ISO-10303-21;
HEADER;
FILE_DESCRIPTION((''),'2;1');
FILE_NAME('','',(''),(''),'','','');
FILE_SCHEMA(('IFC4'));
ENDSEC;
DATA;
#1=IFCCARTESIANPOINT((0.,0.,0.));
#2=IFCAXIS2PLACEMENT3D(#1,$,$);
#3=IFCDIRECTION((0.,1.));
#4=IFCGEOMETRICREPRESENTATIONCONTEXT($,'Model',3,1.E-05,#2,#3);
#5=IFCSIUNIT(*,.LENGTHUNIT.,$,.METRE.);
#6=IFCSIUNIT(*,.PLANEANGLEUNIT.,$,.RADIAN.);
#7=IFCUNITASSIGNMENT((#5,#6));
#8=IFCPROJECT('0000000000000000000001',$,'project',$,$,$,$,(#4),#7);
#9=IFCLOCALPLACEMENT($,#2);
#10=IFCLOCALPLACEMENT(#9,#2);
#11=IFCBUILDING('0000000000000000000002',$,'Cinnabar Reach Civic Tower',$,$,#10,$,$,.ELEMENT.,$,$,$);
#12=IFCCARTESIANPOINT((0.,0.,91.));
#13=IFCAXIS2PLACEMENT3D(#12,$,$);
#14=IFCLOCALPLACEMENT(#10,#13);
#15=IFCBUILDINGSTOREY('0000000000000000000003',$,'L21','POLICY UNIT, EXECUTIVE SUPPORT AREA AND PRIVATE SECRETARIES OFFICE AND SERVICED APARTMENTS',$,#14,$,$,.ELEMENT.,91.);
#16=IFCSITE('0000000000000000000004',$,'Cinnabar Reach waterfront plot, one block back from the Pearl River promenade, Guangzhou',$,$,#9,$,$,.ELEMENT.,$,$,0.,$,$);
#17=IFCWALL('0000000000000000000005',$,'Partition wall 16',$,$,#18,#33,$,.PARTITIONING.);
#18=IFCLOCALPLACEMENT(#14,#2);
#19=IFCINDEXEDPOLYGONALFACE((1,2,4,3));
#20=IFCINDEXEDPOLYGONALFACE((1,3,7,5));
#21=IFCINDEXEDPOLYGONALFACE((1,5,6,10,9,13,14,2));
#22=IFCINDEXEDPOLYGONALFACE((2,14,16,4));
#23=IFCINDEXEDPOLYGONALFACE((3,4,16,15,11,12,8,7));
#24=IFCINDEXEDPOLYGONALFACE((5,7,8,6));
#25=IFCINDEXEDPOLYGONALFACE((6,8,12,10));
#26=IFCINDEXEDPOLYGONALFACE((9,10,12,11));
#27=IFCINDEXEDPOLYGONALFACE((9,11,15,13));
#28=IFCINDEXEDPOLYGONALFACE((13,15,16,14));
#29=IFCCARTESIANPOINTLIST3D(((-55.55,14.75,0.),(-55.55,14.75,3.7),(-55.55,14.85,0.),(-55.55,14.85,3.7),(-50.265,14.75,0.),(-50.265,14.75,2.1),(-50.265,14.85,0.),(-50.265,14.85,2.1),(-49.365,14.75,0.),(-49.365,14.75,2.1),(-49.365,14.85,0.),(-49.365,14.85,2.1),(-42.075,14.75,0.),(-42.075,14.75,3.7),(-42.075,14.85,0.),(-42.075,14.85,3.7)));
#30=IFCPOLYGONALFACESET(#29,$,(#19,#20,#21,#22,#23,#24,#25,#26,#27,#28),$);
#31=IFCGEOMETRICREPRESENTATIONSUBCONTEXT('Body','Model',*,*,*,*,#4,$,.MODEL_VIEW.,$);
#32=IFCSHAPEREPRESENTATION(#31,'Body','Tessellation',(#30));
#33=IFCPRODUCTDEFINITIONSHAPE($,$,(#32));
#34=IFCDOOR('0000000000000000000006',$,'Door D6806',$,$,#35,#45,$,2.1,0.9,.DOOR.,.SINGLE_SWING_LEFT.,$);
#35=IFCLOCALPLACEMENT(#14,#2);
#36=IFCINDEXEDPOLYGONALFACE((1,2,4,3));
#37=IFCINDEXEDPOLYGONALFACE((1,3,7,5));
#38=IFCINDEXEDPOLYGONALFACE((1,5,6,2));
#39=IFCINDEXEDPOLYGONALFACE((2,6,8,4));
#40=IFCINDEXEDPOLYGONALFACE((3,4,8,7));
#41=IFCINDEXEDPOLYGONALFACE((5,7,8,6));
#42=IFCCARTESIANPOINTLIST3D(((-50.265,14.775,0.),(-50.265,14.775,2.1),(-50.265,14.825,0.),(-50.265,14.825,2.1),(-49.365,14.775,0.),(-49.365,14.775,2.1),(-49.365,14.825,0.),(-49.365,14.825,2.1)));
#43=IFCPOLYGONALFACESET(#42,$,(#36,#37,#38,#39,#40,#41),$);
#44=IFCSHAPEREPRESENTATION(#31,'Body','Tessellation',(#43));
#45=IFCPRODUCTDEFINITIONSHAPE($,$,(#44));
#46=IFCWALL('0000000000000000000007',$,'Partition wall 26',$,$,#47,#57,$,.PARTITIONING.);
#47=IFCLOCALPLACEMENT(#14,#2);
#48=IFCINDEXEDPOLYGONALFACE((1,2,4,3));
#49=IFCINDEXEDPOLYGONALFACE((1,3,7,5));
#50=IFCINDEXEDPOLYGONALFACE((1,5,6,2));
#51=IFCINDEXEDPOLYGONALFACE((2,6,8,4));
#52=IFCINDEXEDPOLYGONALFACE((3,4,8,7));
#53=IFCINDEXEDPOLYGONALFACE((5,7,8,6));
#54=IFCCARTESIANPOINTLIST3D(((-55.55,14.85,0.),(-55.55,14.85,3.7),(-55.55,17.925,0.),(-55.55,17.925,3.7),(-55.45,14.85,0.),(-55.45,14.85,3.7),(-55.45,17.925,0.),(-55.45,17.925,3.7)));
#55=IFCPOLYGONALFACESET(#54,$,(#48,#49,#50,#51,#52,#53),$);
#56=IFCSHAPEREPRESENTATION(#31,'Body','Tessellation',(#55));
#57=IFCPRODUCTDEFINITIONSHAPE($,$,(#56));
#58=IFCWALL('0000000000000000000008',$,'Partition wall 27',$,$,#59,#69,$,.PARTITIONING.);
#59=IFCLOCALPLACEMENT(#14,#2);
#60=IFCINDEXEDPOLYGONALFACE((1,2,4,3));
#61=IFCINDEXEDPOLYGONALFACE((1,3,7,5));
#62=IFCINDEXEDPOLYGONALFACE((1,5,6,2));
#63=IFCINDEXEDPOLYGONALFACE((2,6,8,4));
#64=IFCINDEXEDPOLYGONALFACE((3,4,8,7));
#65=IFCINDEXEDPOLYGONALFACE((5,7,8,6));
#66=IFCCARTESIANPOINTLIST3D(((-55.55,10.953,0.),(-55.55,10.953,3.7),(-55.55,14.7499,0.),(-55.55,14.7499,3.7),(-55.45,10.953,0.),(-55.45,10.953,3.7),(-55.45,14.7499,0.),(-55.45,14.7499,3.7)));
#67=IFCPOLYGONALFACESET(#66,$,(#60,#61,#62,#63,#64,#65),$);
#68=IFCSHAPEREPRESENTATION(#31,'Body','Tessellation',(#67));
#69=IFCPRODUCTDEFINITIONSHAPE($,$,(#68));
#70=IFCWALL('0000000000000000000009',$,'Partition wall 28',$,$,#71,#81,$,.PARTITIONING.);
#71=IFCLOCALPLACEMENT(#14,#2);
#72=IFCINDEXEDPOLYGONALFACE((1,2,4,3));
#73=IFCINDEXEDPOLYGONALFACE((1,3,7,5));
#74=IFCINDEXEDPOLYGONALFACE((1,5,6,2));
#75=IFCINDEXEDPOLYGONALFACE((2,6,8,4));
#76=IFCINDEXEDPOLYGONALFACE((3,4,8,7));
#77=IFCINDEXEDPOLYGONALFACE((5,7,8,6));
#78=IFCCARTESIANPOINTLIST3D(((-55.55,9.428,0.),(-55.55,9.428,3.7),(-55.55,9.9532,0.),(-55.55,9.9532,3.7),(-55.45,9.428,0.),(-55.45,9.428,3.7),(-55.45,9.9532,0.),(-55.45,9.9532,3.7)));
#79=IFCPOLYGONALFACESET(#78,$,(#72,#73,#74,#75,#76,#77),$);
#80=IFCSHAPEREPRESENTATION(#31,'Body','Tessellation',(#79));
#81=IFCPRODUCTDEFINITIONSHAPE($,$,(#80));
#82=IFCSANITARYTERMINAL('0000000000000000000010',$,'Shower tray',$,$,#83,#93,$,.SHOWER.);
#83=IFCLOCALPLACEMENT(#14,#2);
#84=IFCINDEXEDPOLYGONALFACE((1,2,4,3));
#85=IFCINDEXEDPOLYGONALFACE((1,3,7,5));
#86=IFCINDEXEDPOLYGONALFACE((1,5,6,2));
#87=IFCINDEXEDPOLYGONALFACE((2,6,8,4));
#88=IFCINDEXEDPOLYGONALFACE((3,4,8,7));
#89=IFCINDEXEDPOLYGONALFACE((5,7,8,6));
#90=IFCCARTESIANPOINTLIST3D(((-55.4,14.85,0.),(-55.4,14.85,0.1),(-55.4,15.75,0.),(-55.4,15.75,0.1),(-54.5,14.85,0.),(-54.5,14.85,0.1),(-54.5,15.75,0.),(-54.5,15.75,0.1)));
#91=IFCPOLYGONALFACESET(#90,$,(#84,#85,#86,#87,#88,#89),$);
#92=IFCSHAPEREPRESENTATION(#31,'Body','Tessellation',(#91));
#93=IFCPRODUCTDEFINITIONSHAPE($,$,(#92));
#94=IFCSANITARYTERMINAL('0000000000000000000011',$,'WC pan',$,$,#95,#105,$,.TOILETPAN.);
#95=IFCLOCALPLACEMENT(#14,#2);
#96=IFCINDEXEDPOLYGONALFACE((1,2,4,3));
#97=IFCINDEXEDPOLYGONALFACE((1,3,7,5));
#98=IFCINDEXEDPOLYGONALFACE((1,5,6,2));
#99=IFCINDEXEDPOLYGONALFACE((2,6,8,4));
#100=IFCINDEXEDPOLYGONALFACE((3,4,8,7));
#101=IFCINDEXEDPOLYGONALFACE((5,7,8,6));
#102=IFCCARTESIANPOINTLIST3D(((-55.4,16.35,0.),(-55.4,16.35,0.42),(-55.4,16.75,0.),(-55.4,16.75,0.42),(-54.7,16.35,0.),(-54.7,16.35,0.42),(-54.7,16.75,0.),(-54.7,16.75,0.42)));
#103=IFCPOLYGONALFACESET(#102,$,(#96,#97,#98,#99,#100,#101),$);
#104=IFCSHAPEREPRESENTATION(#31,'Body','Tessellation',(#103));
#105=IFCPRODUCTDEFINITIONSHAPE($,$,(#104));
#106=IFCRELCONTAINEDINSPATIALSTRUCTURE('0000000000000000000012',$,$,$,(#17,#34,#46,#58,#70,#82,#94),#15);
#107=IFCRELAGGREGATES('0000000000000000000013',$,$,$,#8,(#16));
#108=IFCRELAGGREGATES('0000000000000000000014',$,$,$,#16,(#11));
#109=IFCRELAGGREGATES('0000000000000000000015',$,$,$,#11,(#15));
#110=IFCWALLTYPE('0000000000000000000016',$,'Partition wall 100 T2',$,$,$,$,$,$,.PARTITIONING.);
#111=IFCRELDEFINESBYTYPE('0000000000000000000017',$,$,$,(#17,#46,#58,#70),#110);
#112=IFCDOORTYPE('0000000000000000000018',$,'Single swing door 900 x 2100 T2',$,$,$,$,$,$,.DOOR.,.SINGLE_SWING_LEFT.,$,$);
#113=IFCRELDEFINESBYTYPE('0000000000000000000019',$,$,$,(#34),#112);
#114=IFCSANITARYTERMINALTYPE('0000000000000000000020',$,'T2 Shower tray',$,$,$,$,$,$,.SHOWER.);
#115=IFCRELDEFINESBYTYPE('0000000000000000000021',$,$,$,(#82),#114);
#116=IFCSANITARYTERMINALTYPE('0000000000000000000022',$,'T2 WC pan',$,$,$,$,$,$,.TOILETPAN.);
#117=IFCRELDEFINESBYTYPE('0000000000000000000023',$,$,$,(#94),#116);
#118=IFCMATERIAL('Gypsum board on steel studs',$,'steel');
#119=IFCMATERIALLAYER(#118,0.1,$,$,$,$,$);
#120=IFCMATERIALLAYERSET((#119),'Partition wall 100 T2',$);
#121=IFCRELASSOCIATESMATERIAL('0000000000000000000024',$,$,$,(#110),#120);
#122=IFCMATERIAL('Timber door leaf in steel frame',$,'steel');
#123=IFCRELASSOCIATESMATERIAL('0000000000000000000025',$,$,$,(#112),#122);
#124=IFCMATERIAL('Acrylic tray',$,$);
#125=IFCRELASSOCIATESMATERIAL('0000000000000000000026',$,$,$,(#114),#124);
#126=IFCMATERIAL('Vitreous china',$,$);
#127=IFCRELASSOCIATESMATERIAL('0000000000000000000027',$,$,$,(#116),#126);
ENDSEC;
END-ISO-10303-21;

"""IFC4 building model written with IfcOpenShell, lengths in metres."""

from ifc_helpers import new_model, si_unit, direction, frame, frame_2d, origin, origin_2d, place, context, subcontext, project, spatial, rectangle, extrude, material, layer, layer_set, type_object, element, fill, save


model = new_model("IFC4")

# Units and contexts
model_context = context("Model", 3, precision=1e-05, world=origin(), true_north=direction((0.0, 1.0)))
body_context = subcontext(model_context, "Body", "Model", "MODEL_VIEW")
ifc_project = project(units=[si_unit("LENGTHUNIT", "METRE"), si_unit("PLANEANGLEUNIT", "RADIAN")], contexts=[model_context])

# Site, building, storey
site_placement = place(None, origin())
site = spatial("IfcSite", under=ifc_project, at=site_placement, Name="Cinnabar Reach waterfront plot, one block back from the Pearl River promenade, Guangzhou", CompositionType="ELEMENT", RefElevation=0.0)
building_placement = place(site_placement, origin())
building = spatial("IfcBuilding", under=site, at=building_placement, Name="Cinnabar Reach Civic Tower", CompositionType="ELEMENT")
storey_placement = place(building_placement, frame((0.0, 0.0, 91.0)))
storey = spatial("IfcBuildingStorey", under=building, at=storey_placement, Name="L21", Description="POLICY UNIT, EXECUTIVE SUPPORT AREA AND PRIVATE SECRETARIES OFFICE AND SERVICED APARTMENTS", CompositionType="ELEMENT", Elevation=91.0)

# Wall, opening, door
ifc_material_1 = material(Name="Gypsum board on steel studs", Category="steel")
ifc_layer_1 = layer(ifc_material_1, 0.1)
ifc_layer_set_1 = layer_set([ifc_layer_1], Name="Partition wall 100 T2")
wall_type_1 = type_object("IfcWallType", Name="Partition wall 100 T2", PredefinedType="PARTITIONING", material=ifc_layer_set_1)
wall_1_placement = place(storey_placement, frame((-55.55, 14.8, 0.0), z_axis=(0.0, 0.0, 1.0), x_axis=(1.0, 0.0, 0.0)))
wall_1 = element("IfcWall", 1, at=wall_1_placement, inside=storey, type_object=wall_type_1, Name="Partition wall 16", PredefinedType="PARTITIONING", context=body_context, shape_type="SweptSolid", body=[
    extrude(rectangle(XDim=13.475, YDim=0.1, at=frame_2d((6.7375, 0.0))), origin(), (0.0, 0.0, 1.0), 3.7),
])
opening_1_placement = place(wall_1_placement, frame((5.285, 0.0, 0.0)))
opening_1 = element("IfcOpeningElement", 2, at=opening_1_placement, cuts=wall_1, PredefinedType="OPENING", context=body_context, shape_type="SweptSolid", body=[
    extrude(rectangle(XDim=0.9, YDim=2.1, at=frame_2d((0.45, 1.05))), frame((0.0, 0.06, 0.0), z_axis=(0.0, -1.0, 0.0), x_axis=(1.0, 0.0, 0.0)), (0.0, 0.0, 1.0), 0.12),
])
ifc_material_2 = material(Name="Timber door leaf in steel frame", Category="steel")
door_type = type_object("IfcDoorType", Name="Single swing door 900 x 2100 T2", OperationType="SINGLE_SWING_LEFT", PredefinedType="DOOR", material=ifc_material_2)
door_placement = place(opening_1_placement, origin())
door = element("IfcDoor", 3, at=door_placement, inside=storey, type_object=door_type, Name="Door D6806", OperationType="SINGLE_SWING_LEFT", OverallHeight=2.1, OverallWidth=0.9, PredefinedType="DOOR", context=body_context, shape_type="SweptSolid", body=[
    extrude(rectangle(XDim=0.9, YDim=2.1, at=frame_2d((0.45, 1.05))), frame((0.0, 0.025, 0.0), z_axis=(0.0, -1.0, 0.0), x_axis=(1.0, 0.0, 0.0)), (0.0, 0.0, 1.0), 0.05),
])
fill(opening_1, door)

# Walls
wall_2_placement = place(storey_placement, frame((-55.5, 14.85, 0.0), z_axis=(0.0, 0.0, 1.0), x_axis=(0.0, 1.0, 0.0)))
element("IfcWall", 4, at=wall_2_placement, inside=storey, type_object=wall_type_1, Name="Partition wall 26", PredefinedType="PARTITIONING", context=body_context, shape_type="SweptSolid", body=[
    extrude(rectangle(XDim=3.075, YDim=0.1, at=frame_2d((1.5375, 0.0))), origin(), (0.0, 0.0, 1.0), 3.7),
])
wall_3_placement = place(storey_placement, frame((-55.5, 10.9531, 0.0), z_axis=(0.0, 0.0, 1.0), x_axis=(0.0, 1.0, 0.0)))
element("IfcWall", 5, at=wall_3_placement, inside=storey, type_object=wall_type_1, Name="Partition wall 27", PredefinedType="PARTITIONING", context=body_context, shape_type="SweptSolid", body=[
    extrude(rectangle(XDim=3.7969, YDim=0.1, at=frame_2d((1.8984, 0.0))), origin(), (0.0, 0.0, 1.0), 3.7),
])
wall_4_placement = place(storey_placement, frame((-55.5, 9.428, 0.0), z_axis=(0.0, 0.0, 1.0), x_axis=(0.0, 1.0, 0.0)))
element("IfcWall", 6, at=wall_4_placement, inside=storey, type_object=wall_type_1, Name="Partition wall 28", PredefinedType="PARTITIONING", context=body_context, shape_type="SweptSolid", body=[
    extrude(rectangle(XDim=0.5251, YDim=0.1, at=frame_2d((0.2626, 0.0))), origin(), (0.0, 0.0, 1.0), 3.7),
])

# Sanitary terminals
ifc_material_3 = material(Name="Acrylic tray")
sanitary_terminal_type_1 = type_object("IfcSanitaryTerminalType", Name="T2 Shower tray", PredefinedType="SHOWER", material=ifc_material_3)
sanitary_terminal_1_placement = place(storey_placement, frame((-54.95, 15.3, 0.0), z_axis=(0.0, 0.0, 1.0), x_axis=(1.0, 0.0, 0.0)))
element("IfcSanitaryTerminal", 7, at=sanitary_terminal_1_placement, inside=storey, type_object=sanitary_terminal_type_1, Name="Shower tray", PredefinedType="SHOWER", context=body_context, shape_type="SweptSolid", body=[
    extrude(rectangle(XDim=0.9, YDim=0.9, at=origin_2d()), origin(), (0.0, 0.0, 1.0), 0.1),
])
ifc_material_4 = material(Name="Vitreous china")
sanitary_terminal_type_2 = type_object("IfcSanitaryTerminalType", Name="T2 WC pan", PredefinedType="TOILETPAN", material=ifc_material_4)
sanitary_terminal_2_placement = place(storey_placement, frame((-55.05, 16.55, 0.0), z_axis=(0.0, 0.0, 1.0), x_axis=(1.0, 0.0, 0.0)))
element("IfcSanitaryTerminal", 8, at=sanitary_terminal_2_placement, inside=storey, type_object=sanitary_terminal_type_2, Name="WC pan", PredefinedType="TOILETPAN", context=body_context, shape_type="SweptSolid", body=[
    extrude(rectangle(XDim=0.7, YDim=0.4, at=origin_2d()), origin(), (0.0, 0.0, 1.0), 0.42),
])

save(model, "model.ifc")
